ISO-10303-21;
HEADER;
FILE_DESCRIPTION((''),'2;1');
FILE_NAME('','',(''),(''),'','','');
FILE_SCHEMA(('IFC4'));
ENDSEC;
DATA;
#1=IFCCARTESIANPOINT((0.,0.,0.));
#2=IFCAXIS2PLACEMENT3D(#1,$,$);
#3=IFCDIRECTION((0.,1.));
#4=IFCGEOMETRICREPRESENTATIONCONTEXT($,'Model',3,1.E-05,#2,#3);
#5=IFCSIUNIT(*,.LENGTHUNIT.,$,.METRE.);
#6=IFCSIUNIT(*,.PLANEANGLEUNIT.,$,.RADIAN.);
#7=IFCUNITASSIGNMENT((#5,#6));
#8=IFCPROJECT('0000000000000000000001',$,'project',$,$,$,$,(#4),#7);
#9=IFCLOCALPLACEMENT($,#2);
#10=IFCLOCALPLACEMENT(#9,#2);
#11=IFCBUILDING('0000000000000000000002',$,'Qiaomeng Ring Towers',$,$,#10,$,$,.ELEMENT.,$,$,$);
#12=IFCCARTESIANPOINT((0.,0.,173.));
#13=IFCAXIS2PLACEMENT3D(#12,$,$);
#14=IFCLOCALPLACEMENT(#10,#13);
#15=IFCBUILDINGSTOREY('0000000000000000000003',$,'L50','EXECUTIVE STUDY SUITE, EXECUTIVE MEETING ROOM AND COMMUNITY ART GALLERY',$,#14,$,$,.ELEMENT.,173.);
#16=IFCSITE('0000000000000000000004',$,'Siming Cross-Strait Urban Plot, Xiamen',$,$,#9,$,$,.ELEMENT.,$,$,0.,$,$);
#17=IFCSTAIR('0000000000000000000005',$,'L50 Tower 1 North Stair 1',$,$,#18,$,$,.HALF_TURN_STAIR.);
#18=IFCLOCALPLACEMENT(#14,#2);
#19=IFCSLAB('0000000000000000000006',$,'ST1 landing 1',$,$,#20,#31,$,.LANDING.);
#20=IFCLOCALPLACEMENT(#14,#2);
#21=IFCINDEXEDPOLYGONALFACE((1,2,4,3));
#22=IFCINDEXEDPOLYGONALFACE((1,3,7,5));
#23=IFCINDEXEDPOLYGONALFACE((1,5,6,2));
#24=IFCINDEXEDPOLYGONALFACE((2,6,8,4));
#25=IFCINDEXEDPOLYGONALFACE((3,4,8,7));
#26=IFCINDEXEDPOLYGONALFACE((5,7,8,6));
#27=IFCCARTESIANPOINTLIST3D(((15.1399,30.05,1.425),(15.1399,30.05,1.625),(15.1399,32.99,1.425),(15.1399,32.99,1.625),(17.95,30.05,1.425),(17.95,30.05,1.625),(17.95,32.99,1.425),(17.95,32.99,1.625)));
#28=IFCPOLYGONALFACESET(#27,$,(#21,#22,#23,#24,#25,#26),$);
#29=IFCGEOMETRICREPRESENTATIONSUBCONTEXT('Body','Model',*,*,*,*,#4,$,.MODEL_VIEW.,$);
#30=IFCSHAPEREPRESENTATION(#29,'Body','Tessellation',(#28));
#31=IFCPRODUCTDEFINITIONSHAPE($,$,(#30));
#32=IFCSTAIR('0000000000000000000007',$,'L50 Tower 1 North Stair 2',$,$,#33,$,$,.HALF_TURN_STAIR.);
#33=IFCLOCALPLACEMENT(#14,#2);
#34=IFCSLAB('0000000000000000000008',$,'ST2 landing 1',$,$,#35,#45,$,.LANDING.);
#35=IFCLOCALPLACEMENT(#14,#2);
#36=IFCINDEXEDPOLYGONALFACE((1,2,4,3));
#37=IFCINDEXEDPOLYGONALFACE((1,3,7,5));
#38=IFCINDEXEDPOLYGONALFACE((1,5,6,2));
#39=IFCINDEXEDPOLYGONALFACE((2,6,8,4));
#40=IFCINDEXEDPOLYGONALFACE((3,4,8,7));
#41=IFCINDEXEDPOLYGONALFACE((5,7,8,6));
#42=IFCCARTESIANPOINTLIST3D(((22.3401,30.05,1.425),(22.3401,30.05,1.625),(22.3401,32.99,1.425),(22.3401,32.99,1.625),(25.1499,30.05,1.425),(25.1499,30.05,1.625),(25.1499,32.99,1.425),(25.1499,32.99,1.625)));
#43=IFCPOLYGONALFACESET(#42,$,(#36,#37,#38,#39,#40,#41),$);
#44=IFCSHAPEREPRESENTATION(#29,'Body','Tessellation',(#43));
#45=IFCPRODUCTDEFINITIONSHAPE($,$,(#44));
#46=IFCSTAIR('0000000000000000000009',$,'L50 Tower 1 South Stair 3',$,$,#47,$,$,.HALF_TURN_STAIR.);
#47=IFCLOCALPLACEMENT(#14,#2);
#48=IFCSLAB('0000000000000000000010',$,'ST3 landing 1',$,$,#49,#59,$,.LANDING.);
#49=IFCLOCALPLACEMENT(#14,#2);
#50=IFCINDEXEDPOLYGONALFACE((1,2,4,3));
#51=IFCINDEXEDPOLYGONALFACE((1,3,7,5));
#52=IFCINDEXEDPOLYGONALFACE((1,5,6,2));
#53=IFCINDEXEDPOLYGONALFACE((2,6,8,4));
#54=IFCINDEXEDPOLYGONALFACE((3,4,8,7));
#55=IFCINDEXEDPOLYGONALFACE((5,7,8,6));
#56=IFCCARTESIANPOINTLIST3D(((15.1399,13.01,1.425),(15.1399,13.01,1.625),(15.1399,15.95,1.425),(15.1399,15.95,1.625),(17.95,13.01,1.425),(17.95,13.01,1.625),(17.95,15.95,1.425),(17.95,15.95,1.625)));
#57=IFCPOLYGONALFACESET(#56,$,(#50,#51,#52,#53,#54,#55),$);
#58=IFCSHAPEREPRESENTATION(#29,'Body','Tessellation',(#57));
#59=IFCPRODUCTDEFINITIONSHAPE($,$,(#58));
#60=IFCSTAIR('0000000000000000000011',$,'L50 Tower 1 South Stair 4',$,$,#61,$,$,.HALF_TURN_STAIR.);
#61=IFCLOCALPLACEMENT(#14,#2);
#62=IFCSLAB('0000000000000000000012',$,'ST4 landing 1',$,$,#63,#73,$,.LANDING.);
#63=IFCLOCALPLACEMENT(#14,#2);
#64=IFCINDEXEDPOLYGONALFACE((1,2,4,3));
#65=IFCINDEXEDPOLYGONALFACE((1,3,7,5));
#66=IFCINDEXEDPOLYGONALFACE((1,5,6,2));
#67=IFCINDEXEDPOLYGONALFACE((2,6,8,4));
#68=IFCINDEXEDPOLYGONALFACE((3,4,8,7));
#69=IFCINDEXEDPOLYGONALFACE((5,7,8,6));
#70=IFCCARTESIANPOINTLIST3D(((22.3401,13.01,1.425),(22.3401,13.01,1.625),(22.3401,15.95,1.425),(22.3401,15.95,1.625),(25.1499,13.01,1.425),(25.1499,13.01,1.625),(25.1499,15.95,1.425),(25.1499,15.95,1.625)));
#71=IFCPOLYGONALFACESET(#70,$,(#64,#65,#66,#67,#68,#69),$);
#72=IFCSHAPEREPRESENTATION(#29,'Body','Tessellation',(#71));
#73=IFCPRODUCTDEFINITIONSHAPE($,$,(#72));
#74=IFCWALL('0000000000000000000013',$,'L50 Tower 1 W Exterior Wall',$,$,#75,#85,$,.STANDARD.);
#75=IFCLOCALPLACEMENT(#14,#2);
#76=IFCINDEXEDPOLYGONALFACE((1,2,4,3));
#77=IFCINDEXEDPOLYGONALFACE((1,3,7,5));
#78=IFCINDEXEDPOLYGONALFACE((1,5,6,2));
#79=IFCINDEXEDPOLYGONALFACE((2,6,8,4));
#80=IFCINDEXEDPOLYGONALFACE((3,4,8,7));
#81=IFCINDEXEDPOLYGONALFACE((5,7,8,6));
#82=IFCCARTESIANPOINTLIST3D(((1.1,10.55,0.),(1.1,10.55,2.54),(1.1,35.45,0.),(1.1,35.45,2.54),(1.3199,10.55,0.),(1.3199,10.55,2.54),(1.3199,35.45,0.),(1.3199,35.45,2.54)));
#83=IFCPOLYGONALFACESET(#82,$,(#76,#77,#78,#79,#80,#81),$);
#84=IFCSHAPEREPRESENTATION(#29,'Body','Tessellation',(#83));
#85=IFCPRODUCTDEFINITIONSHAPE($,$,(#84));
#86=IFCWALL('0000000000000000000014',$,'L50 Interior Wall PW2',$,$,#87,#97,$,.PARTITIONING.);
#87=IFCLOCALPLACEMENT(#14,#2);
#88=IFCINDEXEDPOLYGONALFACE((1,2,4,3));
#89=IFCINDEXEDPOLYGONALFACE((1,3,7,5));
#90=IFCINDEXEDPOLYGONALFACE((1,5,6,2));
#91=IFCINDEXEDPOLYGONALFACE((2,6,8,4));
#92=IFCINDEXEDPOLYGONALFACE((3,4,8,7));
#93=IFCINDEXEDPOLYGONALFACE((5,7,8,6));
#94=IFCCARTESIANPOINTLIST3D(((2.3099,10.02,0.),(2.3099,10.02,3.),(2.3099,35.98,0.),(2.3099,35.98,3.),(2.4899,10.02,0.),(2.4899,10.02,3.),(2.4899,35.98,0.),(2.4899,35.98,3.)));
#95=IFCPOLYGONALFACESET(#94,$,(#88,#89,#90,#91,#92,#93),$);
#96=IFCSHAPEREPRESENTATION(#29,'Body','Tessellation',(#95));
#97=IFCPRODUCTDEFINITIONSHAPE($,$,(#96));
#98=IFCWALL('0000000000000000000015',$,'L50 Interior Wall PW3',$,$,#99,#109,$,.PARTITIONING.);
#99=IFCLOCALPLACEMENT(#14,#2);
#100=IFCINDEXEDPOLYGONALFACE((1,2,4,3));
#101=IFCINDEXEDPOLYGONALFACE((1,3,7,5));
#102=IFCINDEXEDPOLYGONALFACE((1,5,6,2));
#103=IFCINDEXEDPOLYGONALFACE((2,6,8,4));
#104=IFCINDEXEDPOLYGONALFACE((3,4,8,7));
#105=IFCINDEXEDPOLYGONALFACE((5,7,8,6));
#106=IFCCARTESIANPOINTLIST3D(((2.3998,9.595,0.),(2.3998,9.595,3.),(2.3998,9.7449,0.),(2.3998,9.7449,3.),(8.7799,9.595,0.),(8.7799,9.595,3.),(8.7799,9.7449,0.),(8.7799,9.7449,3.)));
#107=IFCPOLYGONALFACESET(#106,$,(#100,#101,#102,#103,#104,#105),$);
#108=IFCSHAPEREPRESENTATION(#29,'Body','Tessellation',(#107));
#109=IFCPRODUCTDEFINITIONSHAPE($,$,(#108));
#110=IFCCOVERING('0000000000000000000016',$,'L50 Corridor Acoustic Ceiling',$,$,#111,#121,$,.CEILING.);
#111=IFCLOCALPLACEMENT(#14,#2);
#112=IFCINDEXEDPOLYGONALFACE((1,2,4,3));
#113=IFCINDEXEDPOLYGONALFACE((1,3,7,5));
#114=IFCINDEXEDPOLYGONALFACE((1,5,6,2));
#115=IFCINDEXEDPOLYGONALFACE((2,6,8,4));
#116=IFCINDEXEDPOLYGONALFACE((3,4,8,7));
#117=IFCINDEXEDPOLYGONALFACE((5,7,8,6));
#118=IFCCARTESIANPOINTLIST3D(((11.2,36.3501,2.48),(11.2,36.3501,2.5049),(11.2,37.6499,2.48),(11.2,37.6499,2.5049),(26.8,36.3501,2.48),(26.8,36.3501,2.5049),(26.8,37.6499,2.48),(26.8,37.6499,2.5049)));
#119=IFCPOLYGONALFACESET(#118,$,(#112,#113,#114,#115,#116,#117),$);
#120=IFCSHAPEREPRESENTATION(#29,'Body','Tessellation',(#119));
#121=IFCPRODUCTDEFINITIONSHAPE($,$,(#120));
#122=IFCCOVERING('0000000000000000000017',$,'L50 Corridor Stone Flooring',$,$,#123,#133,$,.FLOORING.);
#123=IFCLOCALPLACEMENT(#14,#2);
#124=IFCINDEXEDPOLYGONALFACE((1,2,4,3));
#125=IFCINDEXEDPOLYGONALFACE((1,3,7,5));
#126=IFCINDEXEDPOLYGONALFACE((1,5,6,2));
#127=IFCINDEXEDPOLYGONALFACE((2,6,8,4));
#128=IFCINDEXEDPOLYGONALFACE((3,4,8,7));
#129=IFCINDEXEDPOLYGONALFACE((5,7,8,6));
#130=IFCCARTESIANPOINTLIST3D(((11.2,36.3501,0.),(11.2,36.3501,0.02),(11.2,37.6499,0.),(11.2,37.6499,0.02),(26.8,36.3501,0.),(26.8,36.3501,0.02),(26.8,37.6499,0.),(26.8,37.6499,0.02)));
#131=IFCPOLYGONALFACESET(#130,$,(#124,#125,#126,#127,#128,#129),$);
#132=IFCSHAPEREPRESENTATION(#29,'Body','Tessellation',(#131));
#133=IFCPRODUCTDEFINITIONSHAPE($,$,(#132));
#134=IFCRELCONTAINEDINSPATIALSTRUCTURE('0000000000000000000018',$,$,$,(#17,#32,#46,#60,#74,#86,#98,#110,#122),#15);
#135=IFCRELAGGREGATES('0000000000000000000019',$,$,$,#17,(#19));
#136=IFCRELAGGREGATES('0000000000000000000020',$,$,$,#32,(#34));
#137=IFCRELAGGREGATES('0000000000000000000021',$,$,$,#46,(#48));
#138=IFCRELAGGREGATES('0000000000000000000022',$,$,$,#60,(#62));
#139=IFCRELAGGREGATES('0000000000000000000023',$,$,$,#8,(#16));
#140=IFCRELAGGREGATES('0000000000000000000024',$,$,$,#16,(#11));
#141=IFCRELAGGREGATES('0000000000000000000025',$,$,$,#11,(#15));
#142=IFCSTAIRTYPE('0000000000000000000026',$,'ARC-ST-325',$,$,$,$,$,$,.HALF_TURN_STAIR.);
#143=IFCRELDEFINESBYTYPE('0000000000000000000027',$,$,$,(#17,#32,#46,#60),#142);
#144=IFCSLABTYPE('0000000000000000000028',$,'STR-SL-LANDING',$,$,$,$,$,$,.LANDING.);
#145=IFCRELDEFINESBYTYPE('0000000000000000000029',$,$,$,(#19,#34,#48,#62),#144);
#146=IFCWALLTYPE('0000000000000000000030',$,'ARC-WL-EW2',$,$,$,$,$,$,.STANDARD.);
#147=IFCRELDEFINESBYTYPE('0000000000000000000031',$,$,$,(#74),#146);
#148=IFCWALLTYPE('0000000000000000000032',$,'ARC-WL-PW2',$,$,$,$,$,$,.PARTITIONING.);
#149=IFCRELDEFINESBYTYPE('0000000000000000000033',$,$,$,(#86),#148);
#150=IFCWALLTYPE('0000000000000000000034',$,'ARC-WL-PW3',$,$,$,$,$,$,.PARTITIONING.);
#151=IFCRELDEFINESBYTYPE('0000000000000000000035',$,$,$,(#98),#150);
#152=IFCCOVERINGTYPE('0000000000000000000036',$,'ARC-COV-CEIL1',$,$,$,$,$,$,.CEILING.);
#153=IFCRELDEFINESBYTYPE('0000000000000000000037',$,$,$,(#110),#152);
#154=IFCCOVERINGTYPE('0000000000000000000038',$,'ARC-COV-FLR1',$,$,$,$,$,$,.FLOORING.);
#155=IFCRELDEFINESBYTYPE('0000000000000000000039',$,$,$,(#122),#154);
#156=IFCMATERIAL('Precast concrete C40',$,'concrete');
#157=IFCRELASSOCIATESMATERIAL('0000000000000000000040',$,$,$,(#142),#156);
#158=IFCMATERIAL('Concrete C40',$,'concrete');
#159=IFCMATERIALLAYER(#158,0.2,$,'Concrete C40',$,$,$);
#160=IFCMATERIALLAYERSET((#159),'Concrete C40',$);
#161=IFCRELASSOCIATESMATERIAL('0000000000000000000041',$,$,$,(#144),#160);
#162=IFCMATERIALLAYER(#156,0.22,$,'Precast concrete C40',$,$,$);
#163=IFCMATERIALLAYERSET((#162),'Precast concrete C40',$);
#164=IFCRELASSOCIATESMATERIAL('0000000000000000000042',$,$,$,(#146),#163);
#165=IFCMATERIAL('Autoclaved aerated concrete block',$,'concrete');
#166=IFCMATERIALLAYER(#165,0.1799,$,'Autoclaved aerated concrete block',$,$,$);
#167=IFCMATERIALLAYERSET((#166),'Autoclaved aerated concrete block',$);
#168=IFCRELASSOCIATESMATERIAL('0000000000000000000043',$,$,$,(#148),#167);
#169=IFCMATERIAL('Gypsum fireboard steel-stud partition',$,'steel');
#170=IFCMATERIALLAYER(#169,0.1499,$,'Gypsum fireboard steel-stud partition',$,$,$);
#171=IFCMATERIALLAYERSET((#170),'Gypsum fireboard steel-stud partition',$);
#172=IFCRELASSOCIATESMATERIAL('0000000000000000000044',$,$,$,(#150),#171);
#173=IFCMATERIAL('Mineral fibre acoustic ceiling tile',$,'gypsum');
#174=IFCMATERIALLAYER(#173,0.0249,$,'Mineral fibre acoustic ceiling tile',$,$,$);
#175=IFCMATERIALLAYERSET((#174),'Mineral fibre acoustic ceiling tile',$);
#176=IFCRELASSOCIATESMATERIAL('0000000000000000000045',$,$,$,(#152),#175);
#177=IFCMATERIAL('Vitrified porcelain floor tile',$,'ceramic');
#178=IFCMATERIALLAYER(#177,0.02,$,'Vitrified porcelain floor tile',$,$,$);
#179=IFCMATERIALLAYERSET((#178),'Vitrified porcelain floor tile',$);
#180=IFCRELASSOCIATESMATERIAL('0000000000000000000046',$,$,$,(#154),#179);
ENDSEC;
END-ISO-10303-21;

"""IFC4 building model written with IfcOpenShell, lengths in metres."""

from ifc_helpers import new_model, si_unit, direction, frame, frame_2d, origin, place, context, subcontext, project, spatial, polyline, rectangle, outline, extrude, material, layer, layer_set, type_object, element, aggregate, save


model = new_model("IFC4")

# Units and contexts
model_context = context("Model", 3, precision=1e-05, world=origin(), true_north=direction((0.0, 1.0)))
body_context = subcontext(model_context, "Body", "Model", "MODEL_VIEW")
ifc_project = project(units=[si_unit("LENGTHUNIT", "METRE"), si_unit("PLANEANGLEUNIT", "RADIAN")], contexts=[model_context])

# Site, building, storey
site_placement = place(None, origin())
site = spatial("IfcSite", under=ifc_project, at=site_placement, Name="Siming Cross-Strait Urban Plot, Xiamen", CompositionType="ELEMENT", RefElevation=0.0)
building_placement = place(site_placement, origin())
building = spatial("IfcBuilding", under=site, at=building_placement, Name="Qiaomeng Ring Towers", CompositionType="ELEMENT")
storey_placement = place(building_placement, frame((0.0, 0.0, 173.0)))
storey = spatial("IfcBuildingStorey", under=building, at=storey_placement, Name="L50", Description="EXECUTIVE STUDY SUITE, EXECUTIVE MEETING ROOM AND COMMUNITY ART GALLERY", CompositionType="ELEMENT", Elevation=173.0)

# Shared definitions
ifc_material_1 = material(Name="Concrete C40", Category="concrete")

# Stairs, slabs
ifc_material_2 = material(Name="Precast concrete C40", Category="concrete")
stair_type = type_object("IfcStairType", Name="ARC-ST-325", PredefinedType="HALF_TURN_STAIR", material=ifc_material_2)
stair_1_placement = place(storey_placement, origin())
stair_1 = element("IfcStair", 1, at=stair_1_placement, inside=storey, type_object=stair_type, Name="L50 Tower 1 North Stair 1", PredefinedType="HALF_TURN_STAIR")
ifc_layer_1 = layer(ifc_material_1, 0.2, Name="Concrete C40")
ifc_layer_set_1 = layer_set([ifc_layer_1], Name="Concrete C40")
slab_type_1 = type_object("IfcSlabType", Name="STR-SL-LANDING", PredefinedType="LANDING", material=ifc_layer_set_1)
slab_1_placement = place(storey_placement, frame((0.0, 0.0, 1.425)))
slab_1 = element("IfcSlab", 2, at=slab_1_placement, type_object=slab_type_1, Name="ST1 landing 1", PredefinedType="LANDING", context=body_context, shape_type="SweptSolid", body=[
    extrude(outline(polyline([(15.1399, 30.05), (17.95, 30.05), (17.95, 32.99), (15.1399, 32.99), (15.1399, 30.05)])), origin(), (0.0, 0.0, 1.0), 0.2),
])
aggregate(stair_1, [slab_1])
stair_2_placement = place(storey_placement, origin())
stair_2 = element("IfcStair", 3, at=stair_2_placement, inside=storey, type_object=stair_type, Name="L50 Tower 1 North Stair 2", PredefinedType="HALF_TURN_STAIR")
slab_2_placement = place(storey_placement, frame((0.0, 0.0, 1.425)))
slab_2 = element("IfcSlab", 4, at=slab_2_placement, type_object=slab_type_1, Name="ST2 landing 1", PredefinedType="LANDING", context=body_context, shape_type="SweptSolid", body=[
    extrude(outline(polyline([(22.3401, 30.05), (25.1499, 30.05), (25.1499, 32.99), (22.3401, 32.99), (22.3401, 30.05)])), origin(), (0.0, 0.0, 1.0), 0.2),
])
aggregate(stair_2, [slab_2])
stair_3_placement = place(storey_placement, origin())
stair_3 = element("IfcStair", 5, at=stair_3_placement, inside=storey, type_object=stair_type, Name="L50 Tower 1 South Stair 3", PredefinedType="HALF_TURN_STAIR")
slab_3_placement = place(storey_placement, frame((0.0, 0.0, 1.425)))
slab_3 = element("IfcSlab", 6, at=slab_3_placement, type_object=slab_type_1, Name="ST3 landing 1", PredefinedType="LANDING", context=body_context, shape_type="SweptSolid", body=[
    extrude(outline(polyline([(15.1399, 13.01), (17.95, 13.01), (17.95, 15.95), (15.1399, 15.95), (15.1399, 13.01)])), origin(), (0.0, 0.0, 1.0), 0.2),
])
aggregate(stair_3, [slab_3])
stair_4_placement = place(storey_placement, origin())
stair_4 = element("IfcStair", 7, at=stair_4_placement, inside=storey, type_object=stair_type, Name="L50 Tower 1 South Stair 4", PredefinedType="HALF_TURN_STAIR")
slab_4_placement = place(storey_placement, frame((0.0, 0.0, 1.425)))
slab_4 = element("IfcSlab", 8, at=slab_4_placement, type_object=slab_type_1, Name="ST4 landing 1", PredefinedType="LANDING", context=body_context, shape_type="SweptSolid", body=[
    extrude(outline(polyline([(22.3401, 13.01), (25.1499, 13.01), (25.1499, 15.95), (22.3401, 15.95), (22.3401, 13.01)])), origin(), (0.0, 0.0, 1.0), 0.2),
])
aggregate(stair_4, [slab_4])

# Walls
ifc_layer_2 = layer(ifc_material_2, 0.22, Name="Precast concrete C40")
ifc_layer_set_2 = layer_set([ifc_layer_2], Name="Precast concrete C40")
wall_type_1 = type_object("IfcWallType", Name="ARC-WL-EW2", PredefinedType="STANDARD", material=ifc_layer_set_2)
wall_1_placement = place(storey_placement, frame((1.21, 10.55, 0.0), z_axis=(0.0, 0.0, 1.0), x_axis=(0.0, 1.0, 0.0)))
element("IfcWall", 9, at=wall_1_placement, inside=storey, type_object=wall_type_1, Name="L50 Tower 1 W Exterior Wall", PredefinedType="STANDARD", context=body_context, shape_type="SweptSolid", body=[
    extrude(rectangle(XDim=24.8999, YDim=0.22, at=frame_2d((12.45, 0.0))), origin(), (0.0, 0.0, 1.0), 2.54),
])
ifc_material_3 = material(Name="Autoclaved aerated concrete block", Category="concrete")
ifc_layer_3 = layer(ifc_material_3, 0.1799, Name="Autoclaved aerated concrete block")
ifc_layer_set_3 = layer_set([ifc_layer_3], Name="Autoclaved aerated concrete block")
wall_type_2 = type_object("IfcWallType", Name="ARC-WL-PW2", PredefinedType="PARTITIONING", material=ifc_layer_set_3)
wall_2_placement = place(storey_placement, frame((2.3999, 10.02, 0.0), z_axis=(0.0, 0.0, 1.0), x_axis=(0.0, 1.0, 0.0)))
element("IfcWall", 10, at=wall_2_placement, inside=storey, type_object=wall_type_2, Name="L50 Interior Wall PW2", PredefinedType="PARTITIONING", context=body_context, shape_type="SweptSolid", body=[
    extrude(rectangle(XDim=25.96, YDim=0.1799, at=frame_2d((12.98, 0.0))), origin(), (0.0, 0.0, 1.0), 3.0),
])
ifc_material_4 = material(Name="Gypsum fireboard steel-stud partition", Category="steel")
ifc_layer_4 = layer(ifc_material_4, 0.1499, Name="Gypsum fireboard steel-stud partition")
ifc_layer_set_4 = layer_set([ifc_layer_4], Name="Gypsum fireboard steel-stud partition")
wall_type_3 = type_object("IfcWallType", Name="ARC-WL-PW3", PredefinedType="PARTITIONING", material=ifc_layer_set_4)
wall_3_placement = place(storey_placement, frame((2.3999, 9.6699, 0.0), z_axis=(0.0, 0.0, 1.0), x_axis=(1.0, 0.0, 0.0)))
element("IfcWall", 11, at=wall_3_placement, inside=storey, type_object=wall_type_3, Name="L50 Interior Wall PW3", PredefinedType="PARTITIONING", context=body_context, shape_type="SweptSolid", body=[
    extrude(rectangle(XDim=6.3801, YDim=0.1499, at=frame_2d((3.1899, 0.0))), origin(), (0.0, 0.0, 1.0), 3.0),
])

# Coverings
ifc_material_5 = material(Name="Mineral fibre acoustic ceiling tile", Category="gypsum")
ifc_layer_5 = layer(ifc_material_5, 0.0249, Name="Mineral fibre acoustic ceiling tile")
ifc_layer_set_5 = layer_set([ifc_layer_5], Name="Mineral fibre acoustic ceiling tile")
covering_type_1 = type_object("IfcCoveringType", Name="ARC-COV-CEIL1", PredefinedType="CEILING", material=ifc_layer_set_5)
covering_1_placement = place(storey_placement, frame((0.0, 0.0, 2.48)))
element("IfcCovering", 12, at=covering_1_placement, inside=storey, type_object=covering_type_1, Name="L50 Corridor Acoustic Ceiling", PredefinedType="CEILING", context=body_context, shape_type="SweptSolid", body=[
    extrude(outline(polyline([(11.2, 36.3501), (11.2, 37.6499), (26.8, 37.6499), (26.8, 36.3501), (11.2, 36.3501)])), origin(), (0.0, 0.0, 1.0), 0.0249),
])
ifc_material_6 = material(Name="Vitrified porcelain floor tile", Category="ceramic")
ifc_layer_6 = layer(ifc_material_6, 0.02, Name="Vitrified porcelain floor tile")
ifc_layer_set_6 = layer_set([ifc_layer_6], Name="Vitrified porcelain floor tile")
covering_type_2 = type_object("IfcCoveringType", Name="ARC-COV-FLR1", PredefinedType="FLOORING", material=ifc_layer_set_6)
covering_2_placement = place(storey_placement, origin())
element("IfcCovering", 13, at=covering_2_placement, inside=storey, type_object=covering_type_2, Name="L50 Corridor Stone Flooring", PredefinedType="FLOORING", context=body_context, shape_type="SweptSolid", body=[
    extrude(outline(polyline([(11.2, 36.3501), (11.2, 37.6499), (26.8, 37.6499), (26.8, 36.3501), (11.2, 36.3501)])), origin(), (0.0, 0.0, 1.0), 0.02),
])

save(model, "model.ifc")
